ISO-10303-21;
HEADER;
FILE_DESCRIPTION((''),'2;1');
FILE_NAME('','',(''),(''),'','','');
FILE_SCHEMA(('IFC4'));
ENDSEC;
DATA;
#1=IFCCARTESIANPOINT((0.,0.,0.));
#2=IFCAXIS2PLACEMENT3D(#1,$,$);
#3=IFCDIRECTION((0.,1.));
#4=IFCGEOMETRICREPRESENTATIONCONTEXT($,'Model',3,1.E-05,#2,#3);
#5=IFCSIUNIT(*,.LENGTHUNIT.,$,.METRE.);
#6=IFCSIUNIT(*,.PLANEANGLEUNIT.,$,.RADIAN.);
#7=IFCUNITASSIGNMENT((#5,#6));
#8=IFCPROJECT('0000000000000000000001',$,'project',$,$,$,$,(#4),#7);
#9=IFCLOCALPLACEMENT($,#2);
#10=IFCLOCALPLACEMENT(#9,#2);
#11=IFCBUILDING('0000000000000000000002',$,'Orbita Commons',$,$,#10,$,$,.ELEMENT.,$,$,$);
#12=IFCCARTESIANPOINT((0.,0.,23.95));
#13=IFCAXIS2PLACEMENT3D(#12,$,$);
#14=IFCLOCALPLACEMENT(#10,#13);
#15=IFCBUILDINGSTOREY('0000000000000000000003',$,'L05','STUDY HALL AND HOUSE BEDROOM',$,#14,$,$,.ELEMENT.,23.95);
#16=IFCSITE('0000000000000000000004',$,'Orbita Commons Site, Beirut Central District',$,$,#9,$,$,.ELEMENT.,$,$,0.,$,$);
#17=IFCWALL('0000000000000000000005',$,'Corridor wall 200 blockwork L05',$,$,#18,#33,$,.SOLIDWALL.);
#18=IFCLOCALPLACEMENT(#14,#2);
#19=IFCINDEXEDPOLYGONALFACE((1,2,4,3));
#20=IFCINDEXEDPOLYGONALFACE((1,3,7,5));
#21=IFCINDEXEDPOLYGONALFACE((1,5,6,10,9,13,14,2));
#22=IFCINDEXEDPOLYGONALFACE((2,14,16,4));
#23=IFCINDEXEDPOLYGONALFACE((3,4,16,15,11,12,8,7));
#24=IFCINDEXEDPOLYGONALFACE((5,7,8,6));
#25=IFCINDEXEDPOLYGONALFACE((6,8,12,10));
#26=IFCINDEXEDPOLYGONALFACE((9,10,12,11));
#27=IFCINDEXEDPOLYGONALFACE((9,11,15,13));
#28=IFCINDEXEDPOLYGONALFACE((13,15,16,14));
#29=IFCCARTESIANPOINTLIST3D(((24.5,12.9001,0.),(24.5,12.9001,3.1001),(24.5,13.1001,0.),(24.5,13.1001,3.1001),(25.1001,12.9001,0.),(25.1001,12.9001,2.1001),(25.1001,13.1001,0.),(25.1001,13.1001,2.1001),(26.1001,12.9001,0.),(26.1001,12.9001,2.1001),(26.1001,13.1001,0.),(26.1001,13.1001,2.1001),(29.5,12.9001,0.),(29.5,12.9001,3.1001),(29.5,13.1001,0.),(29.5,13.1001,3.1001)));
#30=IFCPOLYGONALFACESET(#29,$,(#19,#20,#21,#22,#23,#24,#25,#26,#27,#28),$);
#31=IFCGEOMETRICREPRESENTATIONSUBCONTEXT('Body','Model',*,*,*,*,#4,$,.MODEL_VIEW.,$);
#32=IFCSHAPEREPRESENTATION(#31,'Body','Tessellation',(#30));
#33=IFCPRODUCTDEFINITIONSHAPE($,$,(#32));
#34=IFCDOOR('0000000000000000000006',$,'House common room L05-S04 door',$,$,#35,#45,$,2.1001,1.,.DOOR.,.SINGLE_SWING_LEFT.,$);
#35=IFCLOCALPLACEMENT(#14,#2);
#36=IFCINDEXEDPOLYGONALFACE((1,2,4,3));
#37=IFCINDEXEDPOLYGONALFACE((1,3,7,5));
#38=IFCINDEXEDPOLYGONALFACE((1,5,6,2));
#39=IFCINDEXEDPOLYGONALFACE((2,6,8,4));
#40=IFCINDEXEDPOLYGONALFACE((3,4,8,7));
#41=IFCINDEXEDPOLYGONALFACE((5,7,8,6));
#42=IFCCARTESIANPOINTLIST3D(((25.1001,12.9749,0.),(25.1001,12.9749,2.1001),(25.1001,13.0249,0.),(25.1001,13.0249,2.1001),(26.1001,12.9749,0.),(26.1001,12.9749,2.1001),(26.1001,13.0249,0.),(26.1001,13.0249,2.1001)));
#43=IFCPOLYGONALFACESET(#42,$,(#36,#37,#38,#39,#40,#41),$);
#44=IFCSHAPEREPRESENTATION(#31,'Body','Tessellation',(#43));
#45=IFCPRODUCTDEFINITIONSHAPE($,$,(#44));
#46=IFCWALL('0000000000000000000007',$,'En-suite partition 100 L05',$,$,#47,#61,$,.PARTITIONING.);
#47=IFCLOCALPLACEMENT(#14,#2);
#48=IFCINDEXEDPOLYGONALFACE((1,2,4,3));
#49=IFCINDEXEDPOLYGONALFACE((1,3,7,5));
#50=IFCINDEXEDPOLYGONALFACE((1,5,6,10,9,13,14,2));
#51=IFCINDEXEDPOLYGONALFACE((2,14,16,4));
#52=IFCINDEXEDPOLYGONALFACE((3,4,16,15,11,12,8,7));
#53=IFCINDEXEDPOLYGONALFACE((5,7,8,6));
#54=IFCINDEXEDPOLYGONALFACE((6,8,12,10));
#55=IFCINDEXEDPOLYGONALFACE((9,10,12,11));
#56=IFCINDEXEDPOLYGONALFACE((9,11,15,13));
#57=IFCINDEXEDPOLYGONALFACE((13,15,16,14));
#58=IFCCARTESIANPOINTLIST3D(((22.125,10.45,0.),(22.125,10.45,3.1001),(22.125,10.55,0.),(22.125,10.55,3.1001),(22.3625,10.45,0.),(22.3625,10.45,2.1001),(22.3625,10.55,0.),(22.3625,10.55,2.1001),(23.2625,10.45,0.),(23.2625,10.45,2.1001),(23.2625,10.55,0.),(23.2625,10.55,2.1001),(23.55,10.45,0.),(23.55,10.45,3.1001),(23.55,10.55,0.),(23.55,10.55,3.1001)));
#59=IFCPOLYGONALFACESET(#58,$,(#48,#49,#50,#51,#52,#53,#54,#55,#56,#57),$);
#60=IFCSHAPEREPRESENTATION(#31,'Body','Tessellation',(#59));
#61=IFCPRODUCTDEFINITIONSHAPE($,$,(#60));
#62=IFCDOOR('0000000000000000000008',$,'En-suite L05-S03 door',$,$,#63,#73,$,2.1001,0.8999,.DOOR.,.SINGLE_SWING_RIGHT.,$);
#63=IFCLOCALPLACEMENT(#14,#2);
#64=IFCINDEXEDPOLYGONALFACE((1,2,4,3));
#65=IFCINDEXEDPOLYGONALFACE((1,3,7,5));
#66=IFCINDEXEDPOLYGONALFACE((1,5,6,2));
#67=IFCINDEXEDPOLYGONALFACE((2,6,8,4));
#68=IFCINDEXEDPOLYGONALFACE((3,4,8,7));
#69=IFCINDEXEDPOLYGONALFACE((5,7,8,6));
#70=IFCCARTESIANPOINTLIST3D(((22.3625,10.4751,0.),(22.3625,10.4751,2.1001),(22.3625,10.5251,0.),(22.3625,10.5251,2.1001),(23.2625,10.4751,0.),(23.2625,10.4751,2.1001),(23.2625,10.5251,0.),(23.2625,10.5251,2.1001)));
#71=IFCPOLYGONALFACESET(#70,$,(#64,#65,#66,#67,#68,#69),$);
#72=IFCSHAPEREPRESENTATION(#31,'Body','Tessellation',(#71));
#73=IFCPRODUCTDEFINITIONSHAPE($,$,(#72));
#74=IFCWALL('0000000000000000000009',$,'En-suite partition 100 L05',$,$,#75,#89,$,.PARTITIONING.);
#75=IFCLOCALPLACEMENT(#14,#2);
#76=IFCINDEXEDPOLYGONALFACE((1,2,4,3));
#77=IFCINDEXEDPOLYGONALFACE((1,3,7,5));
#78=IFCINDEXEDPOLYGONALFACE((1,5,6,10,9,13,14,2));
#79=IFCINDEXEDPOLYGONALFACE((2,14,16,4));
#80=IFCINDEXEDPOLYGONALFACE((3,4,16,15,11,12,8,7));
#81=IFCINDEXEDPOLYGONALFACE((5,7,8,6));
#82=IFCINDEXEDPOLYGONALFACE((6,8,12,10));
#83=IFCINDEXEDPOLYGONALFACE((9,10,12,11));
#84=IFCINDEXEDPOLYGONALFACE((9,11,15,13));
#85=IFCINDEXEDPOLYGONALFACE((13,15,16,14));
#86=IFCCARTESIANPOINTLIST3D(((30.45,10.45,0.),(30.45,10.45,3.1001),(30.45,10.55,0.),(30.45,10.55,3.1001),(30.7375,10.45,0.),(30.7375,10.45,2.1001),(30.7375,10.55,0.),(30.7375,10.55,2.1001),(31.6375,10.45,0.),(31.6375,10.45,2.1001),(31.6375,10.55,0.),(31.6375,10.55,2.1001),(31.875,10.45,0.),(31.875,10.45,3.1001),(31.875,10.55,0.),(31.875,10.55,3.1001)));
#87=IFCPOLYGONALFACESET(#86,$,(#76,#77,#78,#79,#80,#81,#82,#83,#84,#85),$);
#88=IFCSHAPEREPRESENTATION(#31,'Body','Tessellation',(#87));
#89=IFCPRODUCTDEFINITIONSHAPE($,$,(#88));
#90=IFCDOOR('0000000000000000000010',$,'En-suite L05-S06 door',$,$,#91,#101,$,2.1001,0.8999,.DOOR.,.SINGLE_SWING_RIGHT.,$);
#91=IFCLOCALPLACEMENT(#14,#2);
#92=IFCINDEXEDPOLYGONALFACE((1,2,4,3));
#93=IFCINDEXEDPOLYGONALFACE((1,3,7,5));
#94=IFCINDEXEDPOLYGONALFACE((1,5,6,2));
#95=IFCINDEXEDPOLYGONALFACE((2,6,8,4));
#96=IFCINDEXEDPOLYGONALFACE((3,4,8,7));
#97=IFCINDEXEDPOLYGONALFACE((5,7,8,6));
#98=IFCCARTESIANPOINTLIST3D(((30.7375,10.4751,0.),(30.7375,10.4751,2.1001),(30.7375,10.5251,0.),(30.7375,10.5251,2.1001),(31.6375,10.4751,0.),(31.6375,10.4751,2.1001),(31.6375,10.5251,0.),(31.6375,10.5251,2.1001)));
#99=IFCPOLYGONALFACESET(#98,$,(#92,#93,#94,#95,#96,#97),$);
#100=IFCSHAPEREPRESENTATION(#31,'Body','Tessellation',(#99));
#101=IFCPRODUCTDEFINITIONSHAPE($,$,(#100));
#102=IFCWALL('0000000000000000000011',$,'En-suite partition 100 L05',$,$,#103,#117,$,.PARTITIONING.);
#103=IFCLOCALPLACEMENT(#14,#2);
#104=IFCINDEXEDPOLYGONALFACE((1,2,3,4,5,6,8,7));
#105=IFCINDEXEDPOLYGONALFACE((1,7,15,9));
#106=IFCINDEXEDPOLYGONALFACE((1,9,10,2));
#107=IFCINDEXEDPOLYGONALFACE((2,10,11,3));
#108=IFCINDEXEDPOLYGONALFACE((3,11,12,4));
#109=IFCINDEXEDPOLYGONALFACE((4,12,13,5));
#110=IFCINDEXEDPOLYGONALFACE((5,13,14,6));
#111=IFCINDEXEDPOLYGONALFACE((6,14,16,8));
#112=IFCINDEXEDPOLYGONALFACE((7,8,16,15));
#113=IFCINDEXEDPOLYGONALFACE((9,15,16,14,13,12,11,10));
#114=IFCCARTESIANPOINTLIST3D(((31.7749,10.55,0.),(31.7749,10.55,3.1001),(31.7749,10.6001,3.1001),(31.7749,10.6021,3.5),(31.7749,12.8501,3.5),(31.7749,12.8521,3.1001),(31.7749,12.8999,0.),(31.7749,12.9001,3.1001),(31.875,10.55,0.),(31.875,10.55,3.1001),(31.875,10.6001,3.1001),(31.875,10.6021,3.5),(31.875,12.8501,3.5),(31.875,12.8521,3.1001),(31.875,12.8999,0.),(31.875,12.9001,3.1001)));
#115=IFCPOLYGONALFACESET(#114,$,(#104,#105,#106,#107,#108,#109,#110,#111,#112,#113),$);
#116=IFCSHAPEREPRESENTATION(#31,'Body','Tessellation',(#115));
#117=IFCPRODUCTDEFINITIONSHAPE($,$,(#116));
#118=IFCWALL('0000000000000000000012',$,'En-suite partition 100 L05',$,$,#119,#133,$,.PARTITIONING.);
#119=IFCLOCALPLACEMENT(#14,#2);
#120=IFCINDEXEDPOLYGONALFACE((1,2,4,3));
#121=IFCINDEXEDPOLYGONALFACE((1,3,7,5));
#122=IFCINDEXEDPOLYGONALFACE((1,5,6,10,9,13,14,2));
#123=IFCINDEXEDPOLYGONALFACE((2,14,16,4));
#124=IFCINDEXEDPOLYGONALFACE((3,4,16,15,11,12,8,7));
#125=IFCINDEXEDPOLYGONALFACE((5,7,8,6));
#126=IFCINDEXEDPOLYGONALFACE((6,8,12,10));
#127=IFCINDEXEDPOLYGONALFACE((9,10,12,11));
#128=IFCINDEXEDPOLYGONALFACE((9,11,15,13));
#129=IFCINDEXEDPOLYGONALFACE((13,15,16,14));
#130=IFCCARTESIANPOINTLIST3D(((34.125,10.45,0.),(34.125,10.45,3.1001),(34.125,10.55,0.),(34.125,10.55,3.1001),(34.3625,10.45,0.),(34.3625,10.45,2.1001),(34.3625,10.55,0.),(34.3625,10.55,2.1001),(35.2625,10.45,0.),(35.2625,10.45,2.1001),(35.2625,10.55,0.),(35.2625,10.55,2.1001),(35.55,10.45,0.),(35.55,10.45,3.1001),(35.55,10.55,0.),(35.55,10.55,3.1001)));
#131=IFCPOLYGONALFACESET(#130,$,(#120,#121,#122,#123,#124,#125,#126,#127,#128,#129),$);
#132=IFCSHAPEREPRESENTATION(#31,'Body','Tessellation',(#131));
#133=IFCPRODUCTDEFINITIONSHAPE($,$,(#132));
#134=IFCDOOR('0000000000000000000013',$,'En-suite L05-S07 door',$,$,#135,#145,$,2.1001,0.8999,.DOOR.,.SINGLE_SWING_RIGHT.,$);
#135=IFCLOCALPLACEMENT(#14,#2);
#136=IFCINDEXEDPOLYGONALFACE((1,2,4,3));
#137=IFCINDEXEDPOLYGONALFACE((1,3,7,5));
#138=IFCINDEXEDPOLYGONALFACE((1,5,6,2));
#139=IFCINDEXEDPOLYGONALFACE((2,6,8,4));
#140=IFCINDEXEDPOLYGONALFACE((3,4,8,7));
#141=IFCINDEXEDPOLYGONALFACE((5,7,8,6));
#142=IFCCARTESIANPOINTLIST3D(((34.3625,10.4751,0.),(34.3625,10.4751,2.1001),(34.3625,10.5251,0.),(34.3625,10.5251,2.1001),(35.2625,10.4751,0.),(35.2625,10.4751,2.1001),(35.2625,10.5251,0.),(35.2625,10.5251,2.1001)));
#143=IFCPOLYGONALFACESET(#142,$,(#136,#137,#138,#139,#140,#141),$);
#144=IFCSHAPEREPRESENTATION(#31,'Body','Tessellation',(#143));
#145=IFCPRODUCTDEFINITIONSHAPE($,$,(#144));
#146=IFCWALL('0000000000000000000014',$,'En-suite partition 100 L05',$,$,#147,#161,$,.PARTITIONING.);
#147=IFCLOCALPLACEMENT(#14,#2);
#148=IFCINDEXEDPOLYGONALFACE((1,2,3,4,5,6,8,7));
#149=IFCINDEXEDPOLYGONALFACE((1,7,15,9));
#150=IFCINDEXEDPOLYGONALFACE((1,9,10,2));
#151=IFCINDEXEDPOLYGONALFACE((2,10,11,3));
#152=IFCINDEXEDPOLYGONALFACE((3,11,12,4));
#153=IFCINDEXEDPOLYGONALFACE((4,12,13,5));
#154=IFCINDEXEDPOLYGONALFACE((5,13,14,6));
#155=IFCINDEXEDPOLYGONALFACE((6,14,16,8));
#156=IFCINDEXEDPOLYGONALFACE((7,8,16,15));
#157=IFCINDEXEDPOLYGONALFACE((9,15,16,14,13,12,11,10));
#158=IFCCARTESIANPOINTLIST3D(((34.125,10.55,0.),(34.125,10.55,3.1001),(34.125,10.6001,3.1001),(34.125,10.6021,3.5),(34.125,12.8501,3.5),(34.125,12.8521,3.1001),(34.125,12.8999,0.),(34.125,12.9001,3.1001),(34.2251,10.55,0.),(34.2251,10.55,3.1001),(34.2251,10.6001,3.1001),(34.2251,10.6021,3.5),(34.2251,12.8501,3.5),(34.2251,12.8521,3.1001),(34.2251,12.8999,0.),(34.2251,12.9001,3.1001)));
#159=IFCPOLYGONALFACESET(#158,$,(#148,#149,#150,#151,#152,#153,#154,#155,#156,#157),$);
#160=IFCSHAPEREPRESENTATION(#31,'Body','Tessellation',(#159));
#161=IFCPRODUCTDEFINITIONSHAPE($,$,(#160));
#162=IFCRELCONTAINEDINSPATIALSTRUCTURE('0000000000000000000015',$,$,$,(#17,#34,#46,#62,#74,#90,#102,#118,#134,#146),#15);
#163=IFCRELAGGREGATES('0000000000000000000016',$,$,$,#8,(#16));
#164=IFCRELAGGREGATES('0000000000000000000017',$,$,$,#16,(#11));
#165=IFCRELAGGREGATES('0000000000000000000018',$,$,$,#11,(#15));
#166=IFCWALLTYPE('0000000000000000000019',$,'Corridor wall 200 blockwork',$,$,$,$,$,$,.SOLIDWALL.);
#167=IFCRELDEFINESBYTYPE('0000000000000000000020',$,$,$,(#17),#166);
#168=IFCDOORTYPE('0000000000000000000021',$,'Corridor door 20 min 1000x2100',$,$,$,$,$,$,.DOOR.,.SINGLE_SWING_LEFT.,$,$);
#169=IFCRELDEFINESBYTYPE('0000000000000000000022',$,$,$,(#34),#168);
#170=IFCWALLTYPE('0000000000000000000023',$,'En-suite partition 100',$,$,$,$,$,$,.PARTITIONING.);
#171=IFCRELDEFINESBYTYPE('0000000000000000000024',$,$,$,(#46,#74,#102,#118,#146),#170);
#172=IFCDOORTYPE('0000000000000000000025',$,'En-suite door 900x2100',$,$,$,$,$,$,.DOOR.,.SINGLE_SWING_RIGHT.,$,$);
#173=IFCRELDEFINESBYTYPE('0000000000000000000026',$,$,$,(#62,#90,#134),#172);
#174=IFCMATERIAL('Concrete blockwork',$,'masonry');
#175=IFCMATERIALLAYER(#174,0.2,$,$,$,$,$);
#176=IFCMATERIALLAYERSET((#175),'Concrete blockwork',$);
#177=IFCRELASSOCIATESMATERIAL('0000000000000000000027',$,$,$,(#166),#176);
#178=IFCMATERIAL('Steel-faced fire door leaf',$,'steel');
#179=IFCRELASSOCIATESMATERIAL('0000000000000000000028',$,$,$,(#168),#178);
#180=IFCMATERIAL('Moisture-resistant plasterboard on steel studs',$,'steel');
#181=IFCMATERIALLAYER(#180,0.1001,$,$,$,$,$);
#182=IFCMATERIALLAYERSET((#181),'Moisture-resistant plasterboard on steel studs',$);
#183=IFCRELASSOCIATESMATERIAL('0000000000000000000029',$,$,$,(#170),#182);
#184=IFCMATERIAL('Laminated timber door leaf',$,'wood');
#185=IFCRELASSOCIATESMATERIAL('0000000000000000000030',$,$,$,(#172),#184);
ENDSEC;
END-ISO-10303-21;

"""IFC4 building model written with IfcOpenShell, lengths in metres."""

from ifc_helpers import new_model, si_unit, direction, frame, frame_2d, origin, place, context, subcontext, project, spatial, polyline, rectangle, outline, extrude, material, layer, layer_set, type_object, element, fill, save


model = new_model("IFC4")

# Units and contexts
model_context = context("Model", 3, precision=1e-05, world=origin(), true_north=direction((0.0, 1.0)))
body_context = subcontext(model_context, "Body", "Model", "MODEL_VIEW")
ifc_project = project(units=[si_unit("LENGTHUNIT", "METRE"), si_unit("PLANEANGLEUNIT", "RADIAN")], contexts=[model_context])

# Site, building, storey
site_placement = place(None, origin())
site = spatial("IfcSite", under=ifc_project, at=site_placement, Name="Orbita Commons Site, Beirut Central District", CompositionType="ELEMENT", RefElevation=0.0)
building_placement = place(site_placement, origin())
building = spatial("IfcBuilding", under=site, at=building_placement, Name="Orbita Commons", CompositionType="ELEMENT")
storey_placement = place(building_placement, frame((0.0, 0.0, 23.95)))
storey = spatial("IfcBuildingStorey", under=building, at=storey_placement, Name="L05", Description="STUDY HALL AND HOUSE BEDROOM", CompositionType="ELEMENT", Elevation=23.95)

# Walls, openings, doors
ifc_material_1 = material(Name="Concrete blockwork", Category="masonry")
ifc_layer_1 = layer(ifc_material_1, 0.2)
ifc_layer_set_1 = layer_set([ifc_layer_1], Name="Concrete blockwork")
wall_type_1 = type_object("IfcWallType", Name="Corridor wall 200 blockwork", PredefinedType="SOLIDWALL", material=ifc_layer_set_1)
wall_1_placement = place(storey_placement, frame((24.5, 13.0, 0.0), z_axis=(0.0, 0.0, 1.0), x_axis=(1.0, 0.0, 0.0)))
wall_1 = element("IfcWall", 1, at=wall_1_placement, inside=storey, type_object=wall_type_1, Name="Corridor wall 200 blockwork L05", PredefinedType="SOLIDWALL", context=body_context, shape_type="SweptSolid", body=[
    extrude(outline(polyline([(0.0, 0.0), (5.0, 0.0), (5.0, 3.1001), (0.0, 3.1001), (0.0, 0.0)])), frame((0.0, 0.1001, 0.0), z_axis=(0.0, -1.0, 0.0), x_axis=(1.0, 0.0, 0.0)), (0.0, 0.0, 1.0), 0.2),
])
opening_1_placement = place(wall_1_placement, frame((0.6001, 0.0, 0.0)))
opening_1 = element("IfcOpeningElement", 2, at=opening_1_placement, cuts=wall_1, PredefinedType="OPENING", context=body_context, shape_type="SweptSolid", body=[
    extrude(rectangle(XDim=1.0, YDim=2.1001, at=frame_2d((0.5, 1.05))), frame((0.0, 0.1099, 0.0), z_axis=(0.0, -1.0, 0.0), x_axis=(1.0, 0.0, 0.0)), (0.0, 0.0, 1.0), 0.22),
])
ifc_material_2 = material(Name="Steel-faced fire door leaf", Category="steel")
door_type_1 = type_object("IfcDoorType", Name="Corridor door 20 min 1000x2100", OperationType="SINGLE_SWING_LEFT", PredefinedType="DOOR", material=ifc_material_2)
door_1_placement = place(opening_1_placement, origin())
door_1 = element("IfcDoor", 3, at=door_1_placement, inside=storey, type_object=door_type_1, Name="House common room L05-S04 door", OperationType="SINGLE_SWING_LEFT", OverallHeight=2.1001, OverallWidth=1.0, PredefinedType="DOOR", context=body_context, shape_type="SweptSolid", body=[
    extrude(rectangle(XDim=1.0, YDim=2.1001, at=frame_2d((0.5, 1.05))), frame((0.0, 0.0249, 0.0), z_axis=(0.0, -1.0, 0.0), x_axis=(1.0, 0.0, 0.0)), (0.0, 0.0, 1.0), 0.05),
])
fill(opening_1, door_1)
ifc_material_3 = material(Name="Moisture-resistant plasterboard on steel studs", Category="steel")
ifc_layer_2 = layer(ifc_material_3, 0.1001)
ifc_layer_set_2 = layer_set([ifc_layer_2], Name="Moisture-resistant plasterboard on steel studs")
wall_type_2 = type_object("IfcWallType", Name="En-suite partition 100", PredefinedType="PARTITIONING", material=ifc_layer_set_2)
wall_2_placement = place(storey_placement, frame((23.55, 10.5, 0.0), z_axis=(0.0, 0.0, 1.0), x_axis=(-1.0, 0.0, 0.0)))
wall_2 = element("IfcWall", 4, at=wall_2_placement, inside=storey, type_object=wall_type_2, Name="En-suite partition 100 L05", PredefinedType="PARTITIONING", context=body_context, shape_type="SweptSolid", body=[
    extrude(outline(polyline([(0.0, 0.0), (1.425, 0.0), (1.425, 3.1001), (0.0, 3.1001), (0.0, 0.0)])), frame((0.0, 0.05, 0.0), z_axis=(0.0, -1.0, 0.0), x_axis=(1.0, 0.0, 0.0)), (0.0, 0.0, 1.0), 0.1001),
])
opening_2_placement = place(wall_2_placement, frame((0.2876, 0.0, 0.0)))
opening_2 = element("IfcOpeningElement", 5, at=opening_2_placement, cuts=wall_2, PredefinedType="OPENING", context=body_context, shape_type="SweptSolid", body=[
    extrude(rectangle(XDim=0.8999, YDim=2.1001, at=frame_2d((0.45, 1.05))), frame((0.0, 0.0601, 0.0), z_axis=(0.0, -1.0, 0.0), x_axis=(1.0, 0.0, 0.0)), (0.0, 0.0, 1.0), 0.1201),
])
ifc_material_4 = material(Name="Laminated timber door leaf", Category="wood")
door_type_2 = type_object("IfcDoorType", Name="En-suite door 900x2100", OperationType="SINGLE_SWING_RIGHT", PredefinedType="DOOR", material=ifc_material_4)
door_2_placement = place(opening_2_placement, origin())
door_2 = element("IfcDoor", 6, at=door_2_placement, inside=storey, type_object=door_type_2, Name="En-suite L05-S03 door", OperationType="SINGLE_SWING_RIGHT", OverallHeight=2.1001, OverallWidth=0.8999, PredefinedType="DOOR", context=body_context, shape_type="SweptSolid", body=[
    extrude(rectangle(XDim=0.8999, YDim=2.1001, at=frame_2d((0.45, 1.05))), frame((0.0, 0.0249, 0.0), z_axis=(0.0, -1.0, 0.0), x_axis=(1.0, 0.0, 0.0)), (0.0, 0.0, 1.0), 0.05),
])
fill(opening_2, door_2)
wall_3_placement = place(storey_placement, frame((31.875, 10.5, 0.0), z_axis=(0.0, 0.0, 1.0), x_axis=(-1.0, 0.0, 0.0)))
wall_3 = element("IfcWall", 7, at=wall_3_placement, inside=storey, type_object=wall_type_2, Name="En-suite partition 100 L05", PredefinedType="PARTITIONING", context=body_context, shape_type="SweptSolid", body=[
    extrude(outline(polyline([(0.0, 0.0), (1.425, 0.0), (1.425, 3.1001), (0.0, 3.1001), (0.0, 0.0)])), frame((0.0, 0.05, 0.0), z_axis=(0.0, -1.0, 0.0), x_axis=(1.0, 0.0, 0.0)), (0.0, 0.0, 1.0), 0.1001),
])
opening_3_placement = place(wall_3_placement, frame((0.2375, 0.0, 0.0)))
opening_3 = element("IfcOpeningElement", 8, at=opening_3_placement, cuts=wall_3, PredefinedType="OPENING", context=body_context, shape_type="SweptSolid", body=[
    extrude(rectangle(XDim=0.8999, YDim=2.1001, at=frame_2d((0.45, 1.05))), frame((0.0, 0.0601, 0.0), z_axis=(0.0, -1.0, 0.0), x_axis=(1.0, 0.0, 0.0)), (0.0, 0.0, 1.0), 0.1201),
])
door_3_placement = place(opening_3_placement, origin())
door_3 = element("IfcDoor", 9, at=door_3_placement, inside=storey, type_object=door_type_2, Name="En-suite L05-S06 door", OperationType="SINGLE_SWING_RIGHT", OverallHeight=2.1001, OverallWidth=0.8999, PredefinedType="DOOR", context=body_context, shape_type="SweptSolid", body=[
    extrude(rectangle(XDim=0.8999, YDim=2.1001, at=frame_2d((0.45, 1.05))), frame((0.0, 0.0249, 0.0), z_axis=(0.0, -1.0, 0.0), x_axis=(1.0, 0.0, 0.0)), (0.0, 0.0, 1.0), 0.05),
])
fill(opening_3, door_3)

# Wall
wall_4_placement = place(storey_placement, frame((31.825, 10.55, 0.0), z_axis=(0.0, 0.0, 1.0), x_axis=(0.0, 1.0, 0.0)))
element("IfcWall", 10, at=wall_4_placement, inside=storey, type_object=wall_type_2, Name="En-suite partition 100 L05", PredefinedType="PARTITIONING", context=body_context, shape_type="SweptSolid", body=[
    extrude(outline(polyline([(0.0, 0.0), (2.3499, 0.0), (2.3501, 3.1001), (2.302, 3.1001), (2.3, 3.5), (0.052, 3.5), (0.05, 3.1001), (0.0, 3.1001), (0.0, 0.0)])), frame((0.0, 0.05, 0.0), z_axis=(0.0, -1.0, 0.0), x_axis=(1.0, 0.0, 0.0)), (0.0, 0.0, 1.0), 0.1001),
])

# Wall, opening, door
wall_5_placement = place(storey_placement, frame((35.55, 10.5, 0.0), z_axis=(0.0, 0.0, 1.0), x_axis=(-1.0, 0.0, 0.0)))
wall_5 = element("IfcWall", 11, at=wall_5_placement, inside=storey, type_object=wall_type_2, Name="En-suite partition 100 L05", PredefinedType="PARTITIONING", context=body_context, shape_type="SweptSolid", body=[
    extrude(outline(polyline([(0.0, 0.0), (1.425, 0.0), (1.425, 3.1001), (0.0, 3.1001), (0.0, 0.0)])), frame((0.0, 0.05, 0.0), z_axis=(0.0, -1.0, 0.0), x_axis=(1.0, 0.0, 0.0)), (0.0, 0.0, 1.0), 0.1001),
])
opening_4_placement = place(wall_5_placement, frame((0.2876, 0.0, 0.0)))
opening_4 = element("IfcOpeningElement", 12, at=opening_4_placement, cuts=wall_5, PredefinedType="OPENING", context=body_context, shape_type="SweptSolid", body=[
    extrude(rectangle(XDim=0.8999, YDim=2.1001, at=frame_2d((0.45, 1.05))), frame((0.0, 0.0601, 0.0), z_axis=(0.0, -1.0, 0.0), x_axis=(1.0, 0.0, 0.0)), (0.0, 0.0, 1.0), 0.1201),
])
door_4_placement = place(opening_4_placement, origin())
door_4 = element("IfcDoor", 13, at=door_4_placement, inside=storey, type_object=door_type_2, Name="En-suite L05-S07 door", OperationType="SINGLE_SWING_RIGHT", OverallHeight=2.1001, OverallWidth=0.8999, PredefinedType="DOOR", context=body_context, shape_type="SweptSolid", body=[
    extrude(rectangle(XDim=0.8999, YDim=2.1001, at=frame_2d((0.45, 1.05))), frame((0.0, 0.0249, 0.0), z_axis=(0.0, -1.0, 0.0), x_axis=(1.0, 0.0, 0.0)), (0.0, 0.0, 1.0), 0.05),
])
fill(opening_4, door_4)

# Wall
wall_6_placement = place(storey_placement, frame((34.175, 10.55, 0.0), z_axis=(0.0, 0.0, 1.0), x_axis=(0.0, 1.0, 0.0)))
element("IfcWall", 14, at=wall_6_placement, inside=storey, type_object=wall_type_2, Name="En-suite partition 100 L05", PredefinedType="PARTITIONING", context=body_context, shape_type="SweptSolid", body=[
    extrude(outline(polyline([(0.0, 0.0), (2.3499, 0.0), (2.3501, 3.1001), (2.302, 3.1001), (2.3, 3.5), (0.052, 3.5), (0.05, 3.1001), (0.0, 3.1001), (0.0, 0.0)])), frame((0.0, 0.05, 0.0), z_axis=(0.0, -1.0, 0.0), x_axis=(1.0, 0.0, 0.0)), (0.0, 0.0, 1.0), 0.1001),
])

save(model, "model.ifc")
